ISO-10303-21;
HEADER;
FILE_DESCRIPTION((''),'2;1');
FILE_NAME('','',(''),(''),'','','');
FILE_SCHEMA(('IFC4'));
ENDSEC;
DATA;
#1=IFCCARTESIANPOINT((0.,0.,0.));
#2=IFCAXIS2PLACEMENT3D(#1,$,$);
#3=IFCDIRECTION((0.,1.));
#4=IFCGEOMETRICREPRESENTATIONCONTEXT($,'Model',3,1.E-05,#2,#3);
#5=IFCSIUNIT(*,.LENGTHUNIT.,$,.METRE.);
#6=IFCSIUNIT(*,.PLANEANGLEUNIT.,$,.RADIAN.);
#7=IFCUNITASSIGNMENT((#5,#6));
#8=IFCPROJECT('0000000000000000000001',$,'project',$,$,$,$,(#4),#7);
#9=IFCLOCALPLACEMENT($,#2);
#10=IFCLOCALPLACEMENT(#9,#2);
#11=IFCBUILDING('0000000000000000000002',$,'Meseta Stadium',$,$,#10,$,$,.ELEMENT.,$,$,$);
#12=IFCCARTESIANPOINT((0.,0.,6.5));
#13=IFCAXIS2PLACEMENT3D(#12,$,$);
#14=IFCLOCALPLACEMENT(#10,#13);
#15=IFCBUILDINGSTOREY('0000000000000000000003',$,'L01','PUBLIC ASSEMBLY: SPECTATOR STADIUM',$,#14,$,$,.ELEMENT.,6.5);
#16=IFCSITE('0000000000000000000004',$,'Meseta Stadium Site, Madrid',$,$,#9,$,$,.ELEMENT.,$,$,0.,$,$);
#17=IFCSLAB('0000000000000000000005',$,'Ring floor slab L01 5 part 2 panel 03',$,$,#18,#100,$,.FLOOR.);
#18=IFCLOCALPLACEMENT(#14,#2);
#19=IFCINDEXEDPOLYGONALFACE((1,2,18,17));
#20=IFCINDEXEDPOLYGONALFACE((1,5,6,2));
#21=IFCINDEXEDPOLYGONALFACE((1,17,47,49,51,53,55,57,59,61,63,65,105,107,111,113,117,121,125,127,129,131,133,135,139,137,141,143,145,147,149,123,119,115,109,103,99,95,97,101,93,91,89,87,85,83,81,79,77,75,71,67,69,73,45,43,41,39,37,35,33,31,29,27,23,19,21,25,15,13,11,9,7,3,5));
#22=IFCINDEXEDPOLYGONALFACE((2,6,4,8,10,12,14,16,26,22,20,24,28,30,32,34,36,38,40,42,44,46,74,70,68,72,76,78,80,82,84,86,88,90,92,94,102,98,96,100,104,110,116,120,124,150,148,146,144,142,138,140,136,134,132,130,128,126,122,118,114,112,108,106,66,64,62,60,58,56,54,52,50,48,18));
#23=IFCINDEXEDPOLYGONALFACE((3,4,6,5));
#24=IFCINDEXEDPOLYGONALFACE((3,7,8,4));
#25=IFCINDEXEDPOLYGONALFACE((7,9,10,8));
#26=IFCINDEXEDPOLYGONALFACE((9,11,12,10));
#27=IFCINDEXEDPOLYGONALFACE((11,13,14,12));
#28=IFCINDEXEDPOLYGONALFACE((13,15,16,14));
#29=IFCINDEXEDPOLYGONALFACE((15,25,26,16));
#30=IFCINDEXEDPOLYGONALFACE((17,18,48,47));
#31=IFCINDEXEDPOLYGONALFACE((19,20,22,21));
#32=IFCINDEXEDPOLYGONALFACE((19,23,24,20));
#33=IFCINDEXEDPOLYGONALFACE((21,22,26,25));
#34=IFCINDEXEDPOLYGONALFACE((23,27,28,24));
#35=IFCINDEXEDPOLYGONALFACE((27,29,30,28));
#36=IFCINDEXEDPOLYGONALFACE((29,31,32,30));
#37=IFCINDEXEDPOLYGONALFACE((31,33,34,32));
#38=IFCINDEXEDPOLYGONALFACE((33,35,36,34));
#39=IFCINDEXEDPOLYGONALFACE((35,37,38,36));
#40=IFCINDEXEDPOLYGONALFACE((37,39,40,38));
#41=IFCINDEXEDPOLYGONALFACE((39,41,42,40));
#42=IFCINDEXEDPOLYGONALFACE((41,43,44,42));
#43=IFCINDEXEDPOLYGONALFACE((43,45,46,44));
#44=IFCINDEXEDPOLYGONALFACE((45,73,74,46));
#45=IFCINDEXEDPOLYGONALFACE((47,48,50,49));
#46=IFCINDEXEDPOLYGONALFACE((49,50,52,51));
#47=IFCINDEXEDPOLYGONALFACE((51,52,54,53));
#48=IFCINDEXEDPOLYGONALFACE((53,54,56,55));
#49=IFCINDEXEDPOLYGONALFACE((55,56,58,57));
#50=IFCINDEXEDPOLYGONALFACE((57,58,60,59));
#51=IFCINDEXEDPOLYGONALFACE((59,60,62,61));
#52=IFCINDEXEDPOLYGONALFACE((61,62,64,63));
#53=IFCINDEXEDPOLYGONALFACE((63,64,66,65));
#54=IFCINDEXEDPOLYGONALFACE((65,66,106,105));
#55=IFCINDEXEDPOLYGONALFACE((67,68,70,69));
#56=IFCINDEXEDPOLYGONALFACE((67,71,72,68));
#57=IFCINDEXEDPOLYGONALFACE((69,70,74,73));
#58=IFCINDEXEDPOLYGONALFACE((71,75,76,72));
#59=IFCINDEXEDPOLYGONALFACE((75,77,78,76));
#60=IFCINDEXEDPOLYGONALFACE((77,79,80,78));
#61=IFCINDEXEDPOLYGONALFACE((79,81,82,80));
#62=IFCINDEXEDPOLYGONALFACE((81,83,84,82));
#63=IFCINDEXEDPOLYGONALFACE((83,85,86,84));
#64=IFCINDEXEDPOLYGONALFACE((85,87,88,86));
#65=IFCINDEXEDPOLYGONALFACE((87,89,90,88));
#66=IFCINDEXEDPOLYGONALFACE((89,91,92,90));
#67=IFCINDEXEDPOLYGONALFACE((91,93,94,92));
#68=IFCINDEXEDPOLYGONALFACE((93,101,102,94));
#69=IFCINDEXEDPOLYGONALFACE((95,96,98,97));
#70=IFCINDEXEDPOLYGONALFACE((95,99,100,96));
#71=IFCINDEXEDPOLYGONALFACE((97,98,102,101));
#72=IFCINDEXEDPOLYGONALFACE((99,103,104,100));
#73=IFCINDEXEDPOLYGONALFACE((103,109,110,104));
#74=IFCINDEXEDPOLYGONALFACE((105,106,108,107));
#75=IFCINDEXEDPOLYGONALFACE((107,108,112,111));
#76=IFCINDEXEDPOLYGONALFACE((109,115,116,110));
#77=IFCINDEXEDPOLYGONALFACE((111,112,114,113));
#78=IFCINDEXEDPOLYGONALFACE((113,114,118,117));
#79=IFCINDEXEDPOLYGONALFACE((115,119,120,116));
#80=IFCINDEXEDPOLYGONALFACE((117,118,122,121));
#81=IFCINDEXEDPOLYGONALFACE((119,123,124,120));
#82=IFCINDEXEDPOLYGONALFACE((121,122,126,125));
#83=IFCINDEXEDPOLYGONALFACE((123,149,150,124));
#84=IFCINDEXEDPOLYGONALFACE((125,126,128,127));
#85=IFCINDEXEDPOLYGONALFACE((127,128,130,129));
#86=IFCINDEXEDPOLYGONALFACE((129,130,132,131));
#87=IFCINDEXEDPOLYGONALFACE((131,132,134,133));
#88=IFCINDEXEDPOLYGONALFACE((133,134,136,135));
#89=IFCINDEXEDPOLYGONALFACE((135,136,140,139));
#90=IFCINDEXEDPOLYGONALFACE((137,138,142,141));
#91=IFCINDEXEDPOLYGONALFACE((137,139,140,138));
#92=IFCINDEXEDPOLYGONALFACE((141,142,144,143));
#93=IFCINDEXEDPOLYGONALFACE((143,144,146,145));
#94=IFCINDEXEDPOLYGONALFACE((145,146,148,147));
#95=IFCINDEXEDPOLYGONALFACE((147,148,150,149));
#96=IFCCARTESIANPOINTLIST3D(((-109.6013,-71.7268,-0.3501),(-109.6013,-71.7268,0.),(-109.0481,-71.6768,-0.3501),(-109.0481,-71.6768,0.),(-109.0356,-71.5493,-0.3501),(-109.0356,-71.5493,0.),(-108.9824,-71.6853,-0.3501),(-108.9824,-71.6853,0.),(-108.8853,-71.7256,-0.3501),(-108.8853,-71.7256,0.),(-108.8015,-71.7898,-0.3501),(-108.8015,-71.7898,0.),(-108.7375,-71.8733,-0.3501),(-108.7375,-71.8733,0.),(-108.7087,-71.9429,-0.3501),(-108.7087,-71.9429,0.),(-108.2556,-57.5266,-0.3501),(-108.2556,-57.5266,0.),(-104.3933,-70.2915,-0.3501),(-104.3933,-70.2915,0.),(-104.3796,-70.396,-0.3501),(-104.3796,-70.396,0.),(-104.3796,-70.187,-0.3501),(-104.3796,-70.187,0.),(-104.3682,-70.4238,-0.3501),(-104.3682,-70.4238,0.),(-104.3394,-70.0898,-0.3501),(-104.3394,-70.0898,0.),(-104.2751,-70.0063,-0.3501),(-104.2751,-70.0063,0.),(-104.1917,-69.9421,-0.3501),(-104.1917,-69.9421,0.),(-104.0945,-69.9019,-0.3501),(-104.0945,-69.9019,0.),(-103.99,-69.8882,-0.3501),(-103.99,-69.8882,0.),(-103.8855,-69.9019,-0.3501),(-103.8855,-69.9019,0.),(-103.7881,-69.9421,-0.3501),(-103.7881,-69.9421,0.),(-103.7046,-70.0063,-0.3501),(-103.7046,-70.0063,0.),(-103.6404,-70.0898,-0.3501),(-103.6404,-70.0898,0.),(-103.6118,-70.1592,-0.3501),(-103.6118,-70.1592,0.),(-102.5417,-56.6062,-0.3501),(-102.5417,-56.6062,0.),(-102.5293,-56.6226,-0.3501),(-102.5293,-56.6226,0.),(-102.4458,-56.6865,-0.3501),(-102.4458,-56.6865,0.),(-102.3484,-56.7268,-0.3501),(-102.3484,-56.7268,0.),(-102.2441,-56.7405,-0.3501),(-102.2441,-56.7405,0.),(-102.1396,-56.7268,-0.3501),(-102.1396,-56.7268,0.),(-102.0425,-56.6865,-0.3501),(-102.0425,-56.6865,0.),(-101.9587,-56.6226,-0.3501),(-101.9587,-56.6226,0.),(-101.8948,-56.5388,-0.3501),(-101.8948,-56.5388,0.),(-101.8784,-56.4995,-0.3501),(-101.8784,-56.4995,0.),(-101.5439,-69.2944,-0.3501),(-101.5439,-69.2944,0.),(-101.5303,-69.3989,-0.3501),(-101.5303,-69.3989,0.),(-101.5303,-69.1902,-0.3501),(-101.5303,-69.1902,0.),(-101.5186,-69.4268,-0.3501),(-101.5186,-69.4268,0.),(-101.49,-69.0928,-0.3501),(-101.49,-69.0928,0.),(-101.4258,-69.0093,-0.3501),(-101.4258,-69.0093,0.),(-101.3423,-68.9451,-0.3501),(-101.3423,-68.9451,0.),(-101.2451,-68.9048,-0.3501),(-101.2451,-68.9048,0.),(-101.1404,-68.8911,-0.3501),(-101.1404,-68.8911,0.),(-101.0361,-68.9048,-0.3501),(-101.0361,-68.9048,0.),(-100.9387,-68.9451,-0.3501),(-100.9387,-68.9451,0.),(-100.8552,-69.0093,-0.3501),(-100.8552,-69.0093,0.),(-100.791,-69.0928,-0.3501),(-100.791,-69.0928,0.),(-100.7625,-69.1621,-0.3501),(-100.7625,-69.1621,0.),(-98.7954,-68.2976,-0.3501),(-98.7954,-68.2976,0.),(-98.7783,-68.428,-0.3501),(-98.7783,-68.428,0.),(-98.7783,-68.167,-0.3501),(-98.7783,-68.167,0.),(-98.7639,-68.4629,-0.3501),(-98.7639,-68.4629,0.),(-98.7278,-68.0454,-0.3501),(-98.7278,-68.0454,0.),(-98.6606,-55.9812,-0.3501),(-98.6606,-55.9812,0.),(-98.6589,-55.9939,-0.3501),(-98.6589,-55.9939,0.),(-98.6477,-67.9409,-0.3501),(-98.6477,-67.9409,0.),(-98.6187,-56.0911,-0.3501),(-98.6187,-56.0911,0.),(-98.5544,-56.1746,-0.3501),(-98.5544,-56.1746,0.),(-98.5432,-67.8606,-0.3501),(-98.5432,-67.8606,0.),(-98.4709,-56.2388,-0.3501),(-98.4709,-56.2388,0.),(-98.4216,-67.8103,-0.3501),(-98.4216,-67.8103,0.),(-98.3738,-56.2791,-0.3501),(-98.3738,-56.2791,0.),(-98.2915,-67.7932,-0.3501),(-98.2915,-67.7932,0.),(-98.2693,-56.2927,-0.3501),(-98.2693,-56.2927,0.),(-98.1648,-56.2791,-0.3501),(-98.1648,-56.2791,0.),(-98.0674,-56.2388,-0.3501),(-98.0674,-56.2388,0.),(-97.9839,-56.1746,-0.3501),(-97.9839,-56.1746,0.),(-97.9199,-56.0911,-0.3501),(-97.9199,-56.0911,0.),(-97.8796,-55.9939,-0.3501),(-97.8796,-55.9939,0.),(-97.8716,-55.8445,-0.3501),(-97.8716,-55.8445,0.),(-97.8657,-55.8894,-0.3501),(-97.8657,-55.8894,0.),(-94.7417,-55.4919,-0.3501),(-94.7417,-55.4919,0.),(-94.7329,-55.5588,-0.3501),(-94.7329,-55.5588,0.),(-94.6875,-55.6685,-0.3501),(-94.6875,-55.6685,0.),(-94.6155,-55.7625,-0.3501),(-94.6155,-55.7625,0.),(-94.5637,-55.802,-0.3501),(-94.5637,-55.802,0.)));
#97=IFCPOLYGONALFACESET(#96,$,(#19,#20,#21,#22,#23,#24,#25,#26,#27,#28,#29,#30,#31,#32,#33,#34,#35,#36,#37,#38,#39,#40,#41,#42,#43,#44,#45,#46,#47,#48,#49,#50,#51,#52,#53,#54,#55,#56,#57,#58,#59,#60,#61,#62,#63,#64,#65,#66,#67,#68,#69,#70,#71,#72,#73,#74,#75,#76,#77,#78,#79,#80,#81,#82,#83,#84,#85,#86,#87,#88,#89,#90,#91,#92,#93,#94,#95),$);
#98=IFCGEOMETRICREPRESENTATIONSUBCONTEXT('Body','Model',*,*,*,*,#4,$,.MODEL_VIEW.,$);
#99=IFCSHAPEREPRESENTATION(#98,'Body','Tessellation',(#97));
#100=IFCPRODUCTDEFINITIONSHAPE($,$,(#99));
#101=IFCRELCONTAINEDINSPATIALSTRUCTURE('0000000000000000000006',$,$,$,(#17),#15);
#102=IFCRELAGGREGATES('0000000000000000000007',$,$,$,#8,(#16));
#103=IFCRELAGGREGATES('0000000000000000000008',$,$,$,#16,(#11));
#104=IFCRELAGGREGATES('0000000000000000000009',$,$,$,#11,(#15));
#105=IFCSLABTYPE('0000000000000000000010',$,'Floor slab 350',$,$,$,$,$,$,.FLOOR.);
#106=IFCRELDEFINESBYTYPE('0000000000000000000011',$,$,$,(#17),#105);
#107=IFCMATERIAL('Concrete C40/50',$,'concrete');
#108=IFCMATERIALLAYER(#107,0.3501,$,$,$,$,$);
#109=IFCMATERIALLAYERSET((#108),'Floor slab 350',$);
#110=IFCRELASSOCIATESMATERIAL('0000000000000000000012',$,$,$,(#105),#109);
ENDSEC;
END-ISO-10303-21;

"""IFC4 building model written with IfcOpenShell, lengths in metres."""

from ifc_helpers import new_model, si_unit, direction, frame, origin, place, context, subcontext, project, spatial, polyline, outline, extrude, material, layer, layer_set, type_object, element, save


model = new_model("IFC4")

# Units and contexts
model_context = context("Model", 3, precision=1e-05, world=origin(), true_north=direction((0.0, 1.0)))
body_context = subcontext(model_context, "Body", "Model", "MODEL_VIEW")
ifc_project = project(units=[si_unit("LENGTHUNIT", "METRE"), si_unit("PLANEANGLEUNIT", "RADIAN")], contexts=[model_context])

# Site, building, storey
site_placement = place(None, origin())
site = spatial("IfcSite", under=ifc_project, at=site_placement, Name="Meseta Stadium Site, Madrid", CompositionType="ELEMENT", RefElevation=0.0)
building_placement = place(site_placement, origin())
building = spatial("IfcBuilding", under=site, at=building_placement, Name="Meseta Stadium", CompositionType="ELEMENT")
storey_placement = place(building_placement, frame((0.0, 0.0, 6.5)))
storey = spatial("IfcBuildingStorey", under=building, at=storey_placement, Name="L01", Description="PUBLIC ASSEMBLY: SPECTATOR STADIUM", CompositionType="ELEMENT", Elevation=6.5)

# Slab
ifc_material_1 = material(Name="Concrete C40/50", Category="concrete")
ifc_layer_1 = layer(ifc_material_1, 0.3501)
ifc_layer_set_1 = layer_set([ifc_layer_1], Name="Floor slab 350")
slab_type_1 = type_object("IfcSlabType", Name="Floor slab 350", PredefinedType="FLOOR", material=ifc_layer_set_1)
slab_1_placement = place(storey_placement, frame((0.0, 0.0, -0.3501)))
element("IfcSlab", 1, at=slab_1_placement, inside=storey, type_object=slab_type_1, Name="Ring floor slab L01 5 part 2 panel 03", PredefinedType="FLOOR", context=body_context, shape_type="SweptSolid", body=[
    extrude(outline(polyline([(-94.7417, -55.4919), (-97.8716, -55.8445), (-97.8657, -55.8894), (-97.8796, -55.9939), (-97.9199, -56.0911), (-97.9839, -56.1746), (-98.0674, -56.2388), (-98.1648, -56.2791), (-98.2693, -56.2927), (-98.3738, -56.2791), (-98.4709, -56.2388), (-98.5544, -56.1746), (-98.6187, -56.0911), (-98.6589, -55.9939), (-98.6606, -55.9812), (-101.8784, -56.4995), (-101.8948, -56.5388), (-101.9587, -56.6226), (-102.0425, -56.6865), (-102.1396, -56.7268), (-102.2441, -56.7405), (-102.3484, -56.7268), (-102.4458, -56.6865), (-102.5293, -56.6226), (-102.5417, -56.6062), (-108.2556, -57.5266), (-109.6013, -71.7268), (-109.0356, -71.5493), (-109.0481, -71.6768), (-108.9824, -71.6853), (-108.8853, -71.7256), (-108.8015, -71.7898), (-108.7375, -71.8733), (-108.7087, -71.9429), (-104.3682, -70.4238), (-104.3796, -70.396), (-104.3933, -70.2915), (-104.3796, -70.187), (-104.3394, -70.0898), (-104.2751, -70.0063), (-104.1917, -69.9421), (-104.0945, -69.9019), (-103.99, -69.8882), (-103.8855, -69.9019), (-103.7881, -69.9421), (-103.7046, -70.0063), (-103.6404, -70.0898), (-103.6118, -70.1592), (-101.5186, -69.4268), (-101.5303, -69.3989), (-101.5439, -69.2944), (-101.5303, -69.1902), (-101.49, -69.0928), (-101.4258, -69.0093), (-101.3423, -68.9451), (-101.2451, -68.9048), (-101.1404, -68.8911), (-101.0361, -68.9048), (-100.9387, -68.9451), (-100.8552, -69.0093), (-100.791, -69.0928), (-100.7625, -69.1621), (-98.7639, -68.4629), (-98.7783, -68.428), (-98.7954, -68.2976), (-98.7783, -68.167), (-98.7278, -68.0454), (-98.6477, -67.9409), (-98.5432, -67.8606), (-98.4216, -67.8103), (-98.2915, -67.7932), (-94.5637, -55.802), (-94.6155, -55.7625), (-94.6875, -55.6685), (-94.7329, -55.5588), (-94.7417, -55.4919)])), origin(), (0.0, 0.0, 1.0), 0.3501),
])

save(model, "model.ifc")
